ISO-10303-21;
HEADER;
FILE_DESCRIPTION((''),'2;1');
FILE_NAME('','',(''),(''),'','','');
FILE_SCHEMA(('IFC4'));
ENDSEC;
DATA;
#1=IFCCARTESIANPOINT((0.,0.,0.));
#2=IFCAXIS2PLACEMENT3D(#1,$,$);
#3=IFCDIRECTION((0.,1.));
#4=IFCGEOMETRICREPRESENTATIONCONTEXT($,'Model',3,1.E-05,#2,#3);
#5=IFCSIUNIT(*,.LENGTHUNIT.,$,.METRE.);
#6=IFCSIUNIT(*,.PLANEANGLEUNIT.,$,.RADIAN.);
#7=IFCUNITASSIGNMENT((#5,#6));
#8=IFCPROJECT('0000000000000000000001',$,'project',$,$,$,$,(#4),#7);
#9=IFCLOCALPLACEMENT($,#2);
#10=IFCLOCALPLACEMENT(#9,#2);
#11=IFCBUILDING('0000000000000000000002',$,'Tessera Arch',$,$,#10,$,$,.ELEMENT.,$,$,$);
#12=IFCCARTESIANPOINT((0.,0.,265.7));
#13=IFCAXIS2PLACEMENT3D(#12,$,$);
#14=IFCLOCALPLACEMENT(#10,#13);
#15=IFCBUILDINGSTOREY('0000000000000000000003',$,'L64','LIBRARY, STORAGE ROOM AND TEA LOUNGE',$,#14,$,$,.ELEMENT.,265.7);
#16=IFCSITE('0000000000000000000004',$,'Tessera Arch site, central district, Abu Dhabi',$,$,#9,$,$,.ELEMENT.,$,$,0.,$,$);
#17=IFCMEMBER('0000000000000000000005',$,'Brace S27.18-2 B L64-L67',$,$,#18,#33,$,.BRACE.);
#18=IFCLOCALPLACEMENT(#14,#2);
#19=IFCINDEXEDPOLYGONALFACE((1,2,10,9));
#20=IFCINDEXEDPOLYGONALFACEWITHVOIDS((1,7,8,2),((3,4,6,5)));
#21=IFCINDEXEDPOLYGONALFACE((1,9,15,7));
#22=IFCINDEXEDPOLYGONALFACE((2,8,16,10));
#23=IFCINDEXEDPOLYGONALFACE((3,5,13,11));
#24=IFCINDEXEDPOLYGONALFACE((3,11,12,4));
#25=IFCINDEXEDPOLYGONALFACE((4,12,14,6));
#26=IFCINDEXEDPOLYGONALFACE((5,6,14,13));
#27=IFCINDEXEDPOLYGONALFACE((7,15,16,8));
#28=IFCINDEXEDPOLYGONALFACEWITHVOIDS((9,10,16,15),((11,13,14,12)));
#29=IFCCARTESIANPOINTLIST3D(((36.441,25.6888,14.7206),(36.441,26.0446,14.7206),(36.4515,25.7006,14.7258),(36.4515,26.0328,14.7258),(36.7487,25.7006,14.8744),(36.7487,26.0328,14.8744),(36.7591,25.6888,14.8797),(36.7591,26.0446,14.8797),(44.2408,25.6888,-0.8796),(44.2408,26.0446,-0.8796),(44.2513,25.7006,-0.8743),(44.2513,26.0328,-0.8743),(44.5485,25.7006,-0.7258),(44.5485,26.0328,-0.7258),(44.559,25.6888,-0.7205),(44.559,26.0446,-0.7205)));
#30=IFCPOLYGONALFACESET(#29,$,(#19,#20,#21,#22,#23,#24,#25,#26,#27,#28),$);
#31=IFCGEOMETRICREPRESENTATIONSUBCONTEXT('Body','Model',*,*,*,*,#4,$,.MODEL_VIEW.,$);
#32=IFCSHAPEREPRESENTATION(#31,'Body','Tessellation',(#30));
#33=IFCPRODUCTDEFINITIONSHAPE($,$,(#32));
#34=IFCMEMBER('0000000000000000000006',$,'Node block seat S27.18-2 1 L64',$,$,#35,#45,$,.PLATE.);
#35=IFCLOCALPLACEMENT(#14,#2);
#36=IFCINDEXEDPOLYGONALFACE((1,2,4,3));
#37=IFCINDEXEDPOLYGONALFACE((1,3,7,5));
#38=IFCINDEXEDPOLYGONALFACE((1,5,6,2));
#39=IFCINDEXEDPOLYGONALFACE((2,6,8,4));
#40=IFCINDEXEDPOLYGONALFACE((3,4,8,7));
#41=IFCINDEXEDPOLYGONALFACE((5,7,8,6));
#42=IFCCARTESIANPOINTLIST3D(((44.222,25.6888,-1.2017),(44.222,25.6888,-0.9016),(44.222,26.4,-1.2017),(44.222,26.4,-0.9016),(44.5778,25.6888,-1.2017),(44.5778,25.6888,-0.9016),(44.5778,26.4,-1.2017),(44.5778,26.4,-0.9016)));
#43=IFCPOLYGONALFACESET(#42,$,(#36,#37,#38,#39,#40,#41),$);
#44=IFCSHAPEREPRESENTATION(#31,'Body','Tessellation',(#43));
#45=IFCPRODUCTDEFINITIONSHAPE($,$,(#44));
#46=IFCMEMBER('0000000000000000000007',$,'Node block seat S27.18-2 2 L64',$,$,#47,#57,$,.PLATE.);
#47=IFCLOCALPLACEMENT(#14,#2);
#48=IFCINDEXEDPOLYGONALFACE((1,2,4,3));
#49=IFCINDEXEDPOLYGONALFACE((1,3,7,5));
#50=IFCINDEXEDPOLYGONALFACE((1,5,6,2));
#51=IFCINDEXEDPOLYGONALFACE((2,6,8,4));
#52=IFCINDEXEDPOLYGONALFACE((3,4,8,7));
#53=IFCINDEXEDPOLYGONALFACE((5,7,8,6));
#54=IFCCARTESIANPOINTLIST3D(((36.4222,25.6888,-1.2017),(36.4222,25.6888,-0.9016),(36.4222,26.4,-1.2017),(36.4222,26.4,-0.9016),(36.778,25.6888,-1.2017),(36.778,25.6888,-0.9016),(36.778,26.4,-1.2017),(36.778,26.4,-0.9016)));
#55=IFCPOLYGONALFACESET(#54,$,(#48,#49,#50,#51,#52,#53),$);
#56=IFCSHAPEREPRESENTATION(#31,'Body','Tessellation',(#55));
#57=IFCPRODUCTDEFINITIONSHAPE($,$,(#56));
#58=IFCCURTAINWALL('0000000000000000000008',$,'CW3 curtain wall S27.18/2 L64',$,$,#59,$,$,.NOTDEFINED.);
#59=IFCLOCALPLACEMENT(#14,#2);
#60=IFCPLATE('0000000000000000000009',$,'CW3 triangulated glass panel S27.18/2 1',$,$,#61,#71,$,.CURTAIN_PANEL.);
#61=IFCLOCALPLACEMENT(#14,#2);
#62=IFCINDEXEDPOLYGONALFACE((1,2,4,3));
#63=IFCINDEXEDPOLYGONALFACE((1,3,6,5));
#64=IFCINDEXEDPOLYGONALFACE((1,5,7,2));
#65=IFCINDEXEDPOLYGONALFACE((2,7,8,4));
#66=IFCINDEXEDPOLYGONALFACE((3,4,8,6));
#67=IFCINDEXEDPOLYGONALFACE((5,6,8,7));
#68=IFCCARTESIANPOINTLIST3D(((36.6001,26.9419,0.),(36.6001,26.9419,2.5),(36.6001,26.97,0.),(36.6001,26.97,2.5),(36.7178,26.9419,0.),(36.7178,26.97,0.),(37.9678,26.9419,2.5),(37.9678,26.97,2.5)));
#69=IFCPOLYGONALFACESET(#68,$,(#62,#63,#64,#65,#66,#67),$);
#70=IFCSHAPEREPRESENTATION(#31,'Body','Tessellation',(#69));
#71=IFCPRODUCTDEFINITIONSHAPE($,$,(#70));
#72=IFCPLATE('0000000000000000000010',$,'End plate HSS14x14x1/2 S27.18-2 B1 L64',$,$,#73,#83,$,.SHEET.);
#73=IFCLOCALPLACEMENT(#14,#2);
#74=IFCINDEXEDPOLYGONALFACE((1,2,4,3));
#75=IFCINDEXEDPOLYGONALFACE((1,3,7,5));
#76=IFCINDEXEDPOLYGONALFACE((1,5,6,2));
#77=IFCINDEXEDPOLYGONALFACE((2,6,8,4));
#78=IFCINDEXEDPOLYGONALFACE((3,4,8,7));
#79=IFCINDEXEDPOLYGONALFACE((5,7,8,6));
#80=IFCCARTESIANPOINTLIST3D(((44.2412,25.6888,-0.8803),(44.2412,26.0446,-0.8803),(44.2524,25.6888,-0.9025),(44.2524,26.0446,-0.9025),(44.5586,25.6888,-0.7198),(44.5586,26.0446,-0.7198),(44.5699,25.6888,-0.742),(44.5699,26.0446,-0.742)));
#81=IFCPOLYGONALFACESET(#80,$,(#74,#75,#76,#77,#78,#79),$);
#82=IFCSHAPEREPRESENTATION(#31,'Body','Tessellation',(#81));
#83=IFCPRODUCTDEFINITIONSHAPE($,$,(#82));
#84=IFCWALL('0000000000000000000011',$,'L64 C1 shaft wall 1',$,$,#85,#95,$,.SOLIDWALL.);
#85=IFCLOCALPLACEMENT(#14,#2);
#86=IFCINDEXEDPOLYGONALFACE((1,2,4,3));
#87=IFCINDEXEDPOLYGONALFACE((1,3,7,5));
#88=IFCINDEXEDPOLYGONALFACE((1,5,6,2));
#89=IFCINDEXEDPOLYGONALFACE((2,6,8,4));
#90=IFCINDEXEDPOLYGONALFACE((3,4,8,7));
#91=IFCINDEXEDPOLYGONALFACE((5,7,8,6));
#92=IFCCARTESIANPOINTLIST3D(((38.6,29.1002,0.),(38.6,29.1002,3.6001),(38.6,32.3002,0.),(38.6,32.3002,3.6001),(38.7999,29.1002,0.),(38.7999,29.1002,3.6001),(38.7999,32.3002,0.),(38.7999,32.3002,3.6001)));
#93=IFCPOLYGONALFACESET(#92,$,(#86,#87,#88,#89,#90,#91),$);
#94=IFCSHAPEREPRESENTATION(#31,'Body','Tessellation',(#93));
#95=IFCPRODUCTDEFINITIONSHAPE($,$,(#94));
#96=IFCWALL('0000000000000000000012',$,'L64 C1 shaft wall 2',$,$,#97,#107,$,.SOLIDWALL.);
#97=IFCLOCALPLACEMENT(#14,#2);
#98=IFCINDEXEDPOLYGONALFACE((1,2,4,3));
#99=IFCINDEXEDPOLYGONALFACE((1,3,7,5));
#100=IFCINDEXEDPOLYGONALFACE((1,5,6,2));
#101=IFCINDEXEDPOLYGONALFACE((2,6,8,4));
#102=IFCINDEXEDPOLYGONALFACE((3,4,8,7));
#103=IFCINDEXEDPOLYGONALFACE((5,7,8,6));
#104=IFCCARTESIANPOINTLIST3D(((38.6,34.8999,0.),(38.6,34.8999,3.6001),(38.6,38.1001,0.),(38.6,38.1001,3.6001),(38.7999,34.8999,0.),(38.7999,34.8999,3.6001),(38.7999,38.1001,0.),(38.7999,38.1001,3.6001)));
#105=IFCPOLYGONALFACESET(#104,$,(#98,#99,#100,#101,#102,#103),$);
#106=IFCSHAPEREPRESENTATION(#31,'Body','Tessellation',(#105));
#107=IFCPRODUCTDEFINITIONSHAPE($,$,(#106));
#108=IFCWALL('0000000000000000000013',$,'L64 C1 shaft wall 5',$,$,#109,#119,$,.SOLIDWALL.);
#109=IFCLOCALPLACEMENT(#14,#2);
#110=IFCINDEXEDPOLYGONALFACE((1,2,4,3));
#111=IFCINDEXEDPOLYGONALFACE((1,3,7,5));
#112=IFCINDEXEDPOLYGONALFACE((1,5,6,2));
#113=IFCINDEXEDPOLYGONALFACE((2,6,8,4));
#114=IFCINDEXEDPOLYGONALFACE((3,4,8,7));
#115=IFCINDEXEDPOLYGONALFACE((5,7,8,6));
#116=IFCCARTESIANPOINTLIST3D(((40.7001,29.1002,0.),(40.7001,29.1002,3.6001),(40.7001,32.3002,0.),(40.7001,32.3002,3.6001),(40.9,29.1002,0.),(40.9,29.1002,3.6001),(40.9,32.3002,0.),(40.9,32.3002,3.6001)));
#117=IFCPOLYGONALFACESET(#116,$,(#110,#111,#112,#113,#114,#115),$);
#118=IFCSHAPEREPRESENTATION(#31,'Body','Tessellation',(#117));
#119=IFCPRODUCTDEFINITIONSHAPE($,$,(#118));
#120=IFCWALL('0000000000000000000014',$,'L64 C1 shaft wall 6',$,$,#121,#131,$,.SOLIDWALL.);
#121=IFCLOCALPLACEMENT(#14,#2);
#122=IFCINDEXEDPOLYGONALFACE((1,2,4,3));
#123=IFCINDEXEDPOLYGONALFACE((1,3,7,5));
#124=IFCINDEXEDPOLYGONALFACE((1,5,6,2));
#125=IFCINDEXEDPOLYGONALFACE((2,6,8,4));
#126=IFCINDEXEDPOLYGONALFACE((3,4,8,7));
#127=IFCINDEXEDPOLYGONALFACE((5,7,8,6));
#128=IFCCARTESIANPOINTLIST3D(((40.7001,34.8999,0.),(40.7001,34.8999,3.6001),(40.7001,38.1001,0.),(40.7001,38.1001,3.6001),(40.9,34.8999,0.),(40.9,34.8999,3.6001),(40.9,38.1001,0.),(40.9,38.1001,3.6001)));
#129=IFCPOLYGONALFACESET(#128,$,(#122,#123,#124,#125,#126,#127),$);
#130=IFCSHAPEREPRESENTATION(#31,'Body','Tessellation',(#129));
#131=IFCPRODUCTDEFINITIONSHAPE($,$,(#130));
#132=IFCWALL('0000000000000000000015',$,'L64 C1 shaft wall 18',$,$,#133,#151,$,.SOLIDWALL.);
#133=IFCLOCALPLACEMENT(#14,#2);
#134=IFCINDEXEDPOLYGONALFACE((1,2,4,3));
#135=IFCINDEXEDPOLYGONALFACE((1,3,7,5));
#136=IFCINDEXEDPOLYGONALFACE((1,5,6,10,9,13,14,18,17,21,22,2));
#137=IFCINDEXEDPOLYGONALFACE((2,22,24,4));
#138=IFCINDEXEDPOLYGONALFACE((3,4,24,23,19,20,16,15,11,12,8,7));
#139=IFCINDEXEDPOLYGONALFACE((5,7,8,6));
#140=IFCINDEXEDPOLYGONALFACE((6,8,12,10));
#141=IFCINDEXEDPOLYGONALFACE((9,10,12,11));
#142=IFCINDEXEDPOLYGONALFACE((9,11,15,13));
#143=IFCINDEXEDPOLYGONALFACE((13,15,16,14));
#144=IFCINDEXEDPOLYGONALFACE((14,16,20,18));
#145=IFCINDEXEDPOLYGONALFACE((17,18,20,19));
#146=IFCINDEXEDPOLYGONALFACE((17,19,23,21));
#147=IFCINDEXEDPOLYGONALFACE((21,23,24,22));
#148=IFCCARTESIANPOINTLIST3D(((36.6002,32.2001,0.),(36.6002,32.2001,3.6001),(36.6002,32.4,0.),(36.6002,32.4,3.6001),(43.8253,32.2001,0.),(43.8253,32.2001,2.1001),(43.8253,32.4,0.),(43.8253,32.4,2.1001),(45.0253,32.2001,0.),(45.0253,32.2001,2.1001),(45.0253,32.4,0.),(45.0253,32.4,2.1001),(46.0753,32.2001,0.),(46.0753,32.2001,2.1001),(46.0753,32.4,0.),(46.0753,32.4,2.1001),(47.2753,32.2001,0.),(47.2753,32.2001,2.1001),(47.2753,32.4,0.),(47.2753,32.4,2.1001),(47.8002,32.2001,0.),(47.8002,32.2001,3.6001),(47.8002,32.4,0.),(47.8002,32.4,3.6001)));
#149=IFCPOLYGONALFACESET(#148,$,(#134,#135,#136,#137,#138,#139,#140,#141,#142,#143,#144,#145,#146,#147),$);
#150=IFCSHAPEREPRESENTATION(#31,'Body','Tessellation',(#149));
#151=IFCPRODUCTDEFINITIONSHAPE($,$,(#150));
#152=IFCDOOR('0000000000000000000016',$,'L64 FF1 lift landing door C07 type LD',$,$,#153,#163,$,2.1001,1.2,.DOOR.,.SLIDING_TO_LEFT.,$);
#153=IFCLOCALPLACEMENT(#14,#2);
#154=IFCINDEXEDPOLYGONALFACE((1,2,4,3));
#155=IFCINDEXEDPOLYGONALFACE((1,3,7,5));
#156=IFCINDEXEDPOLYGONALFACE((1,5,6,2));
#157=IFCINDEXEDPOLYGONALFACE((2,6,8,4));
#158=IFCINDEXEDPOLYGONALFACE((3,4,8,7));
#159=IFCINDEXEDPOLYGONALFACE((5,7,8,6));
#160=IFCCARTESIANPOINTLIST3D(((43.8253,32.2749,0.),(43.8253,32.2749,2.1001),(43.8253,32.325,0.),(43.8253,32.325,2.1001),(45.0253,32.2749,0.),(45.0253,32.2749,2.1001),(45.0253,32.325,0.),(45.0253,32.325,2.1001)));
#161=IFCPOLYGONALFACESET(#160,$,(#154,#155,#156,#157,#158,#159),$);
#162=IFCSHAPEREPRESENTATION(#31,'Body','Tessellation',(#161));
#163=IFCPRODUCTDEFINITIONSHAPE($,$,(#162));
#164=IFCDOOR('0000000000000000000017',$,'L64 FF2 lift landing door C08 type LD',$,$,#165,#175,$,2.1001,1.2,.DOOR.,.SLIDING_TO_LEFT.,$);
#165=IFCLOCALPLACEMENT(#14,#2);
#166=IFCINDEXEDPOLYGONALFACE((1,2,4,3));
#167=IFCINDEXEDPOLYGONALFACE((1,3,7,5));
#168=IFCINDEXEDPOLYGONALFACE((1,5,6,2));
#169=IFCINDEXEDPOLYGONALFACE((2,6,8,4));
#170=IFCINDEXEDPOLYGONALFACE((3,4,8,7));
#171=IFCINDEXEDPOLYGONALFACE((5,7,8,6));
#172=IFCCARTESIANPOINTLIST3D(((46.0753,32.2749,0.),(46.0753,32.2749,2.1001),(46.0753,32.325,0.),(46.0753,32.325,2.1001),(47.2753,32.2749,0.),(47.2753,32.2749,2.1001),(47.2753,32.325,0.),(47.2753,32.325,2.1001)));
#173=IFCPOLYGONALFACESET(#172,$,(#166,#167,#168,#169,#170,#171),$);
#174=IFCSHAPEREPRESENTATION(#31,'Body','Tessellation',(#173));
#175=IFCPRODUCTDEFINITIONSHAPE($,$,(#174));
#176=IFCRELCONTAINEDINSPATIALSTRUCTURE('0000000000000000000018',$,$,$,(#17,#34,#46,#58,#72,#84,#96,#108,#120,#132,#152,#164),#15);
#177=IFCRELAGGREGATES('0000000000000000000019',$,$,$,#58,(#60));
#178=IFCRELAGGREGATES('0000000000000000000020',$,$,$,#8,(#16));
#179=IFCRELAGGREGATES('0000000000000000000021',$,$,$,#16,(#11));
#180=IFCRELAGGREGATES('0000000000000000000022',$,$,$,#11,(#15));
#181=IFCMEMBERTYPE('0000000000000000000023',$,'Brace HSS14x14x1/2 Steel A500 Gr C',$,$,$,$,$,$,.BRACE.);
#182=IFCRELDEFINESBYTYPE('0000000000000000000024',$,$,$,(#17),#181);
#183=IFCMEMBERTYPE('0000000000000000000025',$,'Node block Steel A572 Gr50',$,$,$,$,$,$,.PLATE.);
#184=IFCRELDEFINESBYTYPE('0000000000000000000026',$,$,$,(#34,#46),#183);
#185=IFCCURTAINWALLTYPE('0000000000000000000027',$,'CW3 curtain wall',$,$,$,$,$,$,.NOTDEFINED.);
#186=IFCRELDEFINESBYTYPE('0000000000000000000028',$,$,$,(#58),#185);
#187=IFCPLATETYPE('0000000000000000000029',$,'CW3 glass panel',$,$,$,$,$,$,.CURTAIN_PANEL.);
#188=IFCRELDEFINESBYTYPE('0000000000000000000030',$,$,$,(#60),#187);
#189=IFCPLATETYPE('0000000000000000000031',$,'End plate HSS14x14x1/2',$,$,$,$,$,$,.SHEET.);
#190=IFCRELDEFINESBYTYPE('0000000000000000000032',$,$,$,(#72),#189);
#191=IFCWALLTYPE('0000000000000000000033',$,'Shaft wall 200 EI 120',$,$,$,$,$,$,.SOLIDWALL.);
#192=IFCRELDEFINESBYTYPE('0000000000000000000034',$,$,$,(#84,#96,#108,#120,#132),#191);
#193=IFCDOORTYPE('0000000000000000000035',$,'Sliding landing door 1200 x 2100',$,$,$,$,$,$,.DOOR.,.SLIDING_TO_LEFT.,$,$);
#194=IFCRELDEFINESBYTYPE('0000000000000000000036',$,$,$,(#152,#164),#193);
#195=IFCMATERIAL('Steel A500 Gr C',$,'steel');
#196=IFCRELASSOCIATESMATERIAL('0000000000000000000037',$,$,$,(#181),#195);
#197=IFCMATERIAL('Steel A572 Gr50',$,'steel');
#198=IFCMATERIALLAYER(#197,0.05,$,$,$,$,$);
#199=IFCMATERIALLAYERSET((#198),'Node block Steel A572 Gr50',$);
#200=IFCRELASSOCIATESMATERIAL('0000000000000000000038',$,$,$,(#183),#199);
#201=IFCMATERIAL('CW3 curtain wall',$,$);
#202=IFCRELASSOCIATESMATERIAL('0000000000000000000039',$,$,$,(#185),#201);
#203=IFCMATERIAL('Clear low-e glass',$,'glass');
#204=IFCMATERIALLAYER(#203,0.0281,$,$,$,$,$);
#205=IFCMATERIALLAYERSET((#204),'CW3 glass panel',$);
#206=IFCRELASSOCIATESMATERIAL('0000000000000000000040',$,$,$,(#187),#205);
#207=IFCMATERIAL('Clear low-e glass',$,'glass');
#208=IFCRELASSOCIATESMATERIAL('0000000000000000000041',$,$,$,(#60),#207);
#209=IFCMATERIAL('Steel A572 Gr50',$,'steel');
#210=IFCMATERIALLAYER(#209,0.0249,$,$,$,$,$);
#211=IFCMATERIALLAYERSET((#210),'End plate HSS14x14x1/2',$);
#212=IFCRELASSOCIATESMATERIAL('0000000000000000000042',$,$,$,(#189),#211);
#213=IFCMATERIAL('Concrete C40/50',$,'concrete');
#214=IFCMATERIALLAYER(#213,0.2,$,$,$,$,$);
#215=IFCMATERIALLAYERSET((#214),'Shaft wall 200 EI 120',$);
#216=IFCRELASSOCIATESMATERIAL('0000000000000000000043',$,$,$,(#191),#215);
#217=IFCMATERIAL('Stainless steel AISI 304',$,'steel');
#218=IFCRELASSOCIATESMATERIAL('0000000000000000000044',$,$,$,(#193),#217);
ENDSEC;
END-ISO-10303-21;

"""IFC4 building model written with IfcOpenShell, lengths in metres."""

from ifc_helpers import new_model, si_unit, direction, frame, frame_2d, origin, origin_2d, place, context, subcontext, project, spatial, polyline, rectangle, hollow_rectangle, outline, extrude, material, layer, layer_set, material_profile, profile_set, type_object, element, fill, aggregate, save


model = new_model("IFC4")

# Units and contexts
model_context = context("Model", 3, precision=1e-05, world=origin(), true_north=direction((0.0, 1.0)))
body_context = subcontext(model_context, "Body", "Model", "MODEL_VIEW")
ifc_project = project(units=[si_unit("LENGTHUNIT", "METRE"), si_unit("PLANEANGLEUNIT", "RADIAN")], contexts=[model_context])

# Site, building, storey
site_placement = place(None, origin())
site = spatial("IfcSite", under=ifc_project, at=site_placement, Name="Tessera Arch site, central district, Abu Dhabi", CompositionType="ELEMENT", RefElevation=0.0)
building_placement = place(site_placement, origin())
building = spatial("IfcBuilding", under=site, at=building_placement, Name="Tessera Arch", CompositionType="ELEMENT")
storey_placement = place(building_placement, frame((0.0, 0.0, 265.7)))
storey = spatial("IfcBuildingStorey", under=building, at=storey_placement, Name="L64", Description="LIBRARY, STORAGE ROOM AND TEA LOUNGE", CompositionType="ELEMENT", Elevation=265.7)

# Members
ifc_material_1 = material(Name="Steel A500 Gr C", Category="steel")
ifc_material_profile = material_profile(ifc_material_1, hollow_rectangle(XDim=0.3557, YDim=0.3557, WallThickness=0.0117, at=origin_2d()), Name="HSS14x14x1/2")
ifc_profile_set = profile_set([ifc_material_profile], Name="Steel A500 Gr C")
member_type_1 = type_object("IfcMemberType", Name="Brace HSS14x14x1/2 Steel A500 Gr C", PredefinedType="BRACE", material=ifc_profile_set)
member_placement = place(storey_placement, frame((44.3999, 25.8667, -0.8), z_axis=(-0.447202, 0.0, 0.894433), x_axis=(0.0, -1.0, 0.0)))
element("IfcMember", 1, at=member_placement, inside=storey, type_object=member_type_1, Name="Brace S27.18-2 B L64-L67", PredefinedType="BRACE", context=body_context, shape_type="SweptSolid", body=[
    extrude(hollow_rectangle(XDim=0.3557, YDim=0.3557, WallThickness=0.0117, at=origin_2d()), origin(), (0.0, 0.0, 1.0), 17.4414),
])
ifc_material_2 = material(Name="Steel A572 Gr50", Category="steel")
ifc_layer_1 = layer(ifc_material_2, 0.05)
ifc_layer_set_1 = layer_set([ifc_layer_1], Name="Node block Steel A572 Gr50")
member_type_2 = type_object("IfcMemberType", Name="Node block Steel A572 Gr50", PredefinedType="PLATE", material=ifc_layer_set_1)
for number, where, z_axis, x_axis, name in (
    (2, (44.3999, 26.0444, -1.2017), (0.0, 0.0, 1.0), (1.0, 0.0, 0.0), "Node block seat S27.18-2 1 L64"),
    (3, (36.6001, 26.0444, -1.2017), (0.0, 0.0, 1.0), (1.0, 0.0, 0.0), "Node block seat S27.18-2 2 L64"),
):
    element("IfcMember", number, at=place(storey_placement, frame(where, z_axis=z_axis, x_axis=x_axis)), inside=storey, type_object=member_type_2, Name=name, PredefinedType="PLATE", context=body_context, shape_type="SweptSolid", body=[
        extrude(rectangle(XDim=0.3557, YDim=0.7112, at=origin_2d()), origin(), (0.0, 0.0, 1.0), 0.3),
    ])

# Curtain wall, plate
ifc_material_3 = material(Name="CW3 curtain wall")
curtain_wall_type = type_object("IfcCurtainWallType", Name="CW3 curtain wall", PredefinedType="NOTDEFINED", material=ifc_material_3)
curtain_wall_placement = place(storey_placement, origin())
curtain_wall = element("IfcCurtainWall", 4, at=curtain_wall_placement, inside=storey, type_object=curtain_wall_type, Name="CW3 curtain wall S27.18/2 L64", PredefinedType="NOTDEFINED")
ifc_material_4 = material(Name="Clear low-e glass", Category="glass")
ifc_material_5 = material(Name="Clear low-e glass", Category="glass")
ifc_layer_2 = layer(ifc_material_5, 0.0281)
ifc_layer_set_2 = layer_set([ifc_layer_2], Name="CW3 glass panel")
plate_type_1 = type_object("IfcPlateType", Name="CW3 glass panel", PredefinedType="CURTAIN_PANEL", material=ifc_layer_set_2)
plate_1_placement = place(storey_placement, frame((36.6001, 26.9419, 0.0), z_axis=(0.0, -1.0, 0.0), x_axis=(1.0, 0.0, 0.0)))
plate_1 = element("IfcPlate", 5, at=plate_1_placement, type_object=plate_type_1, material=ifc_material_4, Name="CW3 triangulated glass panel S27.18/2 1", PredefinedType="CURTAIN_PANEL", context=body_context, shape_type="SweptSolid", body=[
    extrude(outline(polyline([(0.0, 0.0), (0.1177, 0.0), (1.3677, 2.5), (0.0, 2.5), (0.0, 0.0)])), origin(), (0.0, 0.0, -1.0), 0.0281),
])
aggregate(curtain_wall, [plate_1])

# Plate
ifc_material_6 = material(Name="Steel A572 Gr50", Category="steel")
ifc_layer_3 = layer(ifc_material_6, 0.0249)
ifc_layer_set_3 = layer_set([ifc_layer_3], Name="End plate HSS14x14x1/2")
plate_type_2 = type_object("IfcPlateType", Name="End plate HSS14x14x1/2", PredefinedType="SHEET", material=ifc_layer_set_3)
plate_2_placement = place(storey_placement, frame((44.4111, 25.8667, -0.8223), z_axis=(-0.451132, 0.0, 0.892457), x_axis=(0.0, -1.0, 0.0)))
element("IfcPlate", 6, at=plate_2_placement, inside=storey, type_object=plate_type_2, Name="End plate HSS14x14x1/2 S27.18-2 B1 L64", PredefinedType="SHEET", context=body_context, shape_type="SweptSolid", body=[
    extrude(rectangle(XDim=0.3557, YDim=0.3557, at=origin_2d()), origin(), (0.0, 0.0, 1.0), 0.0249),
])

# Walls
ifc_material_7 = material(Name="Concrete C40/50", Category="concrete")
ifc_layer_4 = layer(ifc_material_7, 0.2)
ifc_layer_set_4 = layer_set([ifc_layer_4], Name="Shaft wall 200 EI 120")
wall_type_1 = type_object("IfcWallType", Name="Shaft wall 200 EI 120", PredefinedType="SOLIDWALL", material=ifc_layer_set_4)
wall_1_placement = place(storey_placement, frame((38.7, 29.1001, 0.0), z_axis=(0.0, 0.0, 1.0), x_axis=(0.0, 1.0, 0.0)))
element("IfcWall", 7, at=wall_1_placement, inside=storey, type_object=wall_type_1, Name="L64 C1 shaft wall 1", PredefinedType="SOLIDWALL", context=body_context, shape_type="SweptSolid", body=[
    extrude(rectangle(XDim=3.2, YDim=0.2, at=frame_2d((1.6001, 0.0))), origin(), (0.0, 0.0, 1.0), 3.6001),
])
wall_2_placement = place(storey_placement, frame((38.7, 34.8999, 0.0), z_axis=(0.0, 0.0, 1.0), x_axis=(0.0, 1.0, 0.0)))
element("IfcWall", 8, at=wall_2_placement, inside=storey, type_object=wall_type_1, Name="L64 C1 shaft wall 2", PredefinedType="SOLIDWALL", context=body_context, shape_type="SweptSolid", body=[
    extrude(rectangle(XDim=3.2002, YDim=0.2, at=frame_2d((1.6001, 0.0))), origin(), (0.0, 0.0, 1.0), 3.6001),
])
wall_3_placement = place(storey_placement, frame((40.8, 29.1001, 0.0), z_axis=(0.0, 0.0, 1.0), x_axis=(0.0, 1.0, 0.0)))
element("IfcWall", 9, at=wall_3_placement, inside=storey, type_object=wall_type_1, Name="L64 C1 shaft wall 5", PredefinedType="SOLIDWALL", context=body_context, shape_type="SweptSolid", body=[
    extrude(rectangle(XDim=3.2, YDim=0.2, at=frame_2d((1.6001, 0.0))), origin(), (0.0, 0.0, 1.0), 3.6001),
])
wall_4_placement = place(storey_placement, frame((40.8, 34.8999, 0.0), z_axis=(0.0, 0.0, 1.0), x_axis=(0.0, 1.0, 0.0)))
element("IfcWall", 10, at=wall_4_placement, inside=storey, type_object=wall_type_1, Name="L64 C1 shaft wall 6", PredefinedType="SOLIDWALL", context=body_context, shape_type="SweptSolid", body=[
    extrude(rectangle(XDim=3.2002, YDim=0.2, at=frame_2d((1.6001, 0.0))), origin(), (0.0, 0.0, 1.0), 3.6001),
])

# Wall, openings, doors
wall_5_placement = place(storey_placement, frame((36.6001, 32.3, 0.0), z_axis=(0.0, 0.0, 1.0), x_axis=(1.0, 0.0, 0.0)))
wall_5 = element("IfcWall", 11, at=wall_5_placement, inside=storey, type_object=wall_type_1, Name="L64 C1 shaft wall 18", PredefinedType="SOLIDWALL", context=body_context, shape_type="SweptSolid", body=[
    extrude(rectangle(XDim=11.2, YDim=0.2, at=frame_2d((5.6001, 0.0))), origin(), (0.0, 0.0, 1.0), 3.6001),
])
opening_1_placement = place(wall_5_placement, frame((7.2251, 0.0, 0.0)))
opening_1 = element("IfcOpeningElement", 12, at=opening_1_placement, cuts=wall_5, PredefinedType="OPENING", context=body_context, shape_type="SweptSolid", body=[
    extrude(rectangle(XDim=1.2, YDim=2.1001, at=frame_2d((0.6001, 1.05))), frame((0.0, 0.1099, 0.0), z_axis=(0.0, -1.0, 0.0), x_axis=(1.0, 0.0, 0.0)), (0.0, 0.0, 1.0), 0.22),
])
opening_2_placement = place(wall_5_placement, frame((9.4751, 0.0, 0.0)))
opening_2 = element("IfcOpeningElement", 13, at=opening_2_placement, cuts=wall_5, PredefinedType="OPENING", context=body_context, shape_type="SweptSolid", body=[
    extrude(rectangle(XDim=1.2, YDim=2.1001, at=frame_2d((0.6001, 1.05))), frame((0.0, 0.1099, 0.0), z_axis=(0.0, -1.0, 0.0), x_axis=(1.0, 0.0, 0.0)), (0.0, 0.0, 1.0), 0.22),
])
ifc_material_8 = material(Name="Stainless steel AISI 304", Category="steel")
door_type = type_object("IfcDoorType", Name="Sliding landing door 1200 x 2100", OperationType="SLIDING_TO_LEFT", PredefinedType="DOOR", material=ifc_material_8)
door_1_placement = place(opening_1_placement, origin())
door_1 = element("IfcDoor", 14, at=door_1_placement, inside=storey, type_object=door_type, Name="L64 FF1 lift landing door C07 type LD", OperationType="SLIDING_TO_LEFT", OverallHeight=2.1001, OverallWidth=1.2, PredefinedType="DOOR", context=body_context, shape_type="SweptSolid", body=[
    extrude(rectangle(XDim=1.2, YDim=2.1001, at=frame_2d((0.6001, 1.05))), frame((0.0, 0.0249, 0.0), z_axis=(0.0, -1.0, 0.0), x_axis=(1.0, 0.0, 0.0)), (0.0, 0.0, 1.0), 0.05),
])
fill(opening_1, door_1)
door_2_placement = place(opening_2_placement, origin())
door_2 = element("IfcDoor", 15, at=door_2_placement, inside=storey, type_object=door_type, Name="L64 FF2 lift landing door C08 type LD", OperationType="SLIDING_TO_LEFT", OverallHeight=2.1001, OverallWidth=1.2, PredefinedType="DOOR", context=body_context, shape_type="SweptSolid", body=[
    extrude(rectangle(XDim=1.2, YDim=2.1001, at=frame_2d((0.6001, 1.05))), frame((0.0, 0.0249, 0.0), z_axis=(0.0, -1.0, 0.0), x_axis=(1.0, 0.0, 0.0)), (0.0, 0.0, 1.0), 0.05),
])
fill(opening_2, door_2)

save(model, "model.ifc")
